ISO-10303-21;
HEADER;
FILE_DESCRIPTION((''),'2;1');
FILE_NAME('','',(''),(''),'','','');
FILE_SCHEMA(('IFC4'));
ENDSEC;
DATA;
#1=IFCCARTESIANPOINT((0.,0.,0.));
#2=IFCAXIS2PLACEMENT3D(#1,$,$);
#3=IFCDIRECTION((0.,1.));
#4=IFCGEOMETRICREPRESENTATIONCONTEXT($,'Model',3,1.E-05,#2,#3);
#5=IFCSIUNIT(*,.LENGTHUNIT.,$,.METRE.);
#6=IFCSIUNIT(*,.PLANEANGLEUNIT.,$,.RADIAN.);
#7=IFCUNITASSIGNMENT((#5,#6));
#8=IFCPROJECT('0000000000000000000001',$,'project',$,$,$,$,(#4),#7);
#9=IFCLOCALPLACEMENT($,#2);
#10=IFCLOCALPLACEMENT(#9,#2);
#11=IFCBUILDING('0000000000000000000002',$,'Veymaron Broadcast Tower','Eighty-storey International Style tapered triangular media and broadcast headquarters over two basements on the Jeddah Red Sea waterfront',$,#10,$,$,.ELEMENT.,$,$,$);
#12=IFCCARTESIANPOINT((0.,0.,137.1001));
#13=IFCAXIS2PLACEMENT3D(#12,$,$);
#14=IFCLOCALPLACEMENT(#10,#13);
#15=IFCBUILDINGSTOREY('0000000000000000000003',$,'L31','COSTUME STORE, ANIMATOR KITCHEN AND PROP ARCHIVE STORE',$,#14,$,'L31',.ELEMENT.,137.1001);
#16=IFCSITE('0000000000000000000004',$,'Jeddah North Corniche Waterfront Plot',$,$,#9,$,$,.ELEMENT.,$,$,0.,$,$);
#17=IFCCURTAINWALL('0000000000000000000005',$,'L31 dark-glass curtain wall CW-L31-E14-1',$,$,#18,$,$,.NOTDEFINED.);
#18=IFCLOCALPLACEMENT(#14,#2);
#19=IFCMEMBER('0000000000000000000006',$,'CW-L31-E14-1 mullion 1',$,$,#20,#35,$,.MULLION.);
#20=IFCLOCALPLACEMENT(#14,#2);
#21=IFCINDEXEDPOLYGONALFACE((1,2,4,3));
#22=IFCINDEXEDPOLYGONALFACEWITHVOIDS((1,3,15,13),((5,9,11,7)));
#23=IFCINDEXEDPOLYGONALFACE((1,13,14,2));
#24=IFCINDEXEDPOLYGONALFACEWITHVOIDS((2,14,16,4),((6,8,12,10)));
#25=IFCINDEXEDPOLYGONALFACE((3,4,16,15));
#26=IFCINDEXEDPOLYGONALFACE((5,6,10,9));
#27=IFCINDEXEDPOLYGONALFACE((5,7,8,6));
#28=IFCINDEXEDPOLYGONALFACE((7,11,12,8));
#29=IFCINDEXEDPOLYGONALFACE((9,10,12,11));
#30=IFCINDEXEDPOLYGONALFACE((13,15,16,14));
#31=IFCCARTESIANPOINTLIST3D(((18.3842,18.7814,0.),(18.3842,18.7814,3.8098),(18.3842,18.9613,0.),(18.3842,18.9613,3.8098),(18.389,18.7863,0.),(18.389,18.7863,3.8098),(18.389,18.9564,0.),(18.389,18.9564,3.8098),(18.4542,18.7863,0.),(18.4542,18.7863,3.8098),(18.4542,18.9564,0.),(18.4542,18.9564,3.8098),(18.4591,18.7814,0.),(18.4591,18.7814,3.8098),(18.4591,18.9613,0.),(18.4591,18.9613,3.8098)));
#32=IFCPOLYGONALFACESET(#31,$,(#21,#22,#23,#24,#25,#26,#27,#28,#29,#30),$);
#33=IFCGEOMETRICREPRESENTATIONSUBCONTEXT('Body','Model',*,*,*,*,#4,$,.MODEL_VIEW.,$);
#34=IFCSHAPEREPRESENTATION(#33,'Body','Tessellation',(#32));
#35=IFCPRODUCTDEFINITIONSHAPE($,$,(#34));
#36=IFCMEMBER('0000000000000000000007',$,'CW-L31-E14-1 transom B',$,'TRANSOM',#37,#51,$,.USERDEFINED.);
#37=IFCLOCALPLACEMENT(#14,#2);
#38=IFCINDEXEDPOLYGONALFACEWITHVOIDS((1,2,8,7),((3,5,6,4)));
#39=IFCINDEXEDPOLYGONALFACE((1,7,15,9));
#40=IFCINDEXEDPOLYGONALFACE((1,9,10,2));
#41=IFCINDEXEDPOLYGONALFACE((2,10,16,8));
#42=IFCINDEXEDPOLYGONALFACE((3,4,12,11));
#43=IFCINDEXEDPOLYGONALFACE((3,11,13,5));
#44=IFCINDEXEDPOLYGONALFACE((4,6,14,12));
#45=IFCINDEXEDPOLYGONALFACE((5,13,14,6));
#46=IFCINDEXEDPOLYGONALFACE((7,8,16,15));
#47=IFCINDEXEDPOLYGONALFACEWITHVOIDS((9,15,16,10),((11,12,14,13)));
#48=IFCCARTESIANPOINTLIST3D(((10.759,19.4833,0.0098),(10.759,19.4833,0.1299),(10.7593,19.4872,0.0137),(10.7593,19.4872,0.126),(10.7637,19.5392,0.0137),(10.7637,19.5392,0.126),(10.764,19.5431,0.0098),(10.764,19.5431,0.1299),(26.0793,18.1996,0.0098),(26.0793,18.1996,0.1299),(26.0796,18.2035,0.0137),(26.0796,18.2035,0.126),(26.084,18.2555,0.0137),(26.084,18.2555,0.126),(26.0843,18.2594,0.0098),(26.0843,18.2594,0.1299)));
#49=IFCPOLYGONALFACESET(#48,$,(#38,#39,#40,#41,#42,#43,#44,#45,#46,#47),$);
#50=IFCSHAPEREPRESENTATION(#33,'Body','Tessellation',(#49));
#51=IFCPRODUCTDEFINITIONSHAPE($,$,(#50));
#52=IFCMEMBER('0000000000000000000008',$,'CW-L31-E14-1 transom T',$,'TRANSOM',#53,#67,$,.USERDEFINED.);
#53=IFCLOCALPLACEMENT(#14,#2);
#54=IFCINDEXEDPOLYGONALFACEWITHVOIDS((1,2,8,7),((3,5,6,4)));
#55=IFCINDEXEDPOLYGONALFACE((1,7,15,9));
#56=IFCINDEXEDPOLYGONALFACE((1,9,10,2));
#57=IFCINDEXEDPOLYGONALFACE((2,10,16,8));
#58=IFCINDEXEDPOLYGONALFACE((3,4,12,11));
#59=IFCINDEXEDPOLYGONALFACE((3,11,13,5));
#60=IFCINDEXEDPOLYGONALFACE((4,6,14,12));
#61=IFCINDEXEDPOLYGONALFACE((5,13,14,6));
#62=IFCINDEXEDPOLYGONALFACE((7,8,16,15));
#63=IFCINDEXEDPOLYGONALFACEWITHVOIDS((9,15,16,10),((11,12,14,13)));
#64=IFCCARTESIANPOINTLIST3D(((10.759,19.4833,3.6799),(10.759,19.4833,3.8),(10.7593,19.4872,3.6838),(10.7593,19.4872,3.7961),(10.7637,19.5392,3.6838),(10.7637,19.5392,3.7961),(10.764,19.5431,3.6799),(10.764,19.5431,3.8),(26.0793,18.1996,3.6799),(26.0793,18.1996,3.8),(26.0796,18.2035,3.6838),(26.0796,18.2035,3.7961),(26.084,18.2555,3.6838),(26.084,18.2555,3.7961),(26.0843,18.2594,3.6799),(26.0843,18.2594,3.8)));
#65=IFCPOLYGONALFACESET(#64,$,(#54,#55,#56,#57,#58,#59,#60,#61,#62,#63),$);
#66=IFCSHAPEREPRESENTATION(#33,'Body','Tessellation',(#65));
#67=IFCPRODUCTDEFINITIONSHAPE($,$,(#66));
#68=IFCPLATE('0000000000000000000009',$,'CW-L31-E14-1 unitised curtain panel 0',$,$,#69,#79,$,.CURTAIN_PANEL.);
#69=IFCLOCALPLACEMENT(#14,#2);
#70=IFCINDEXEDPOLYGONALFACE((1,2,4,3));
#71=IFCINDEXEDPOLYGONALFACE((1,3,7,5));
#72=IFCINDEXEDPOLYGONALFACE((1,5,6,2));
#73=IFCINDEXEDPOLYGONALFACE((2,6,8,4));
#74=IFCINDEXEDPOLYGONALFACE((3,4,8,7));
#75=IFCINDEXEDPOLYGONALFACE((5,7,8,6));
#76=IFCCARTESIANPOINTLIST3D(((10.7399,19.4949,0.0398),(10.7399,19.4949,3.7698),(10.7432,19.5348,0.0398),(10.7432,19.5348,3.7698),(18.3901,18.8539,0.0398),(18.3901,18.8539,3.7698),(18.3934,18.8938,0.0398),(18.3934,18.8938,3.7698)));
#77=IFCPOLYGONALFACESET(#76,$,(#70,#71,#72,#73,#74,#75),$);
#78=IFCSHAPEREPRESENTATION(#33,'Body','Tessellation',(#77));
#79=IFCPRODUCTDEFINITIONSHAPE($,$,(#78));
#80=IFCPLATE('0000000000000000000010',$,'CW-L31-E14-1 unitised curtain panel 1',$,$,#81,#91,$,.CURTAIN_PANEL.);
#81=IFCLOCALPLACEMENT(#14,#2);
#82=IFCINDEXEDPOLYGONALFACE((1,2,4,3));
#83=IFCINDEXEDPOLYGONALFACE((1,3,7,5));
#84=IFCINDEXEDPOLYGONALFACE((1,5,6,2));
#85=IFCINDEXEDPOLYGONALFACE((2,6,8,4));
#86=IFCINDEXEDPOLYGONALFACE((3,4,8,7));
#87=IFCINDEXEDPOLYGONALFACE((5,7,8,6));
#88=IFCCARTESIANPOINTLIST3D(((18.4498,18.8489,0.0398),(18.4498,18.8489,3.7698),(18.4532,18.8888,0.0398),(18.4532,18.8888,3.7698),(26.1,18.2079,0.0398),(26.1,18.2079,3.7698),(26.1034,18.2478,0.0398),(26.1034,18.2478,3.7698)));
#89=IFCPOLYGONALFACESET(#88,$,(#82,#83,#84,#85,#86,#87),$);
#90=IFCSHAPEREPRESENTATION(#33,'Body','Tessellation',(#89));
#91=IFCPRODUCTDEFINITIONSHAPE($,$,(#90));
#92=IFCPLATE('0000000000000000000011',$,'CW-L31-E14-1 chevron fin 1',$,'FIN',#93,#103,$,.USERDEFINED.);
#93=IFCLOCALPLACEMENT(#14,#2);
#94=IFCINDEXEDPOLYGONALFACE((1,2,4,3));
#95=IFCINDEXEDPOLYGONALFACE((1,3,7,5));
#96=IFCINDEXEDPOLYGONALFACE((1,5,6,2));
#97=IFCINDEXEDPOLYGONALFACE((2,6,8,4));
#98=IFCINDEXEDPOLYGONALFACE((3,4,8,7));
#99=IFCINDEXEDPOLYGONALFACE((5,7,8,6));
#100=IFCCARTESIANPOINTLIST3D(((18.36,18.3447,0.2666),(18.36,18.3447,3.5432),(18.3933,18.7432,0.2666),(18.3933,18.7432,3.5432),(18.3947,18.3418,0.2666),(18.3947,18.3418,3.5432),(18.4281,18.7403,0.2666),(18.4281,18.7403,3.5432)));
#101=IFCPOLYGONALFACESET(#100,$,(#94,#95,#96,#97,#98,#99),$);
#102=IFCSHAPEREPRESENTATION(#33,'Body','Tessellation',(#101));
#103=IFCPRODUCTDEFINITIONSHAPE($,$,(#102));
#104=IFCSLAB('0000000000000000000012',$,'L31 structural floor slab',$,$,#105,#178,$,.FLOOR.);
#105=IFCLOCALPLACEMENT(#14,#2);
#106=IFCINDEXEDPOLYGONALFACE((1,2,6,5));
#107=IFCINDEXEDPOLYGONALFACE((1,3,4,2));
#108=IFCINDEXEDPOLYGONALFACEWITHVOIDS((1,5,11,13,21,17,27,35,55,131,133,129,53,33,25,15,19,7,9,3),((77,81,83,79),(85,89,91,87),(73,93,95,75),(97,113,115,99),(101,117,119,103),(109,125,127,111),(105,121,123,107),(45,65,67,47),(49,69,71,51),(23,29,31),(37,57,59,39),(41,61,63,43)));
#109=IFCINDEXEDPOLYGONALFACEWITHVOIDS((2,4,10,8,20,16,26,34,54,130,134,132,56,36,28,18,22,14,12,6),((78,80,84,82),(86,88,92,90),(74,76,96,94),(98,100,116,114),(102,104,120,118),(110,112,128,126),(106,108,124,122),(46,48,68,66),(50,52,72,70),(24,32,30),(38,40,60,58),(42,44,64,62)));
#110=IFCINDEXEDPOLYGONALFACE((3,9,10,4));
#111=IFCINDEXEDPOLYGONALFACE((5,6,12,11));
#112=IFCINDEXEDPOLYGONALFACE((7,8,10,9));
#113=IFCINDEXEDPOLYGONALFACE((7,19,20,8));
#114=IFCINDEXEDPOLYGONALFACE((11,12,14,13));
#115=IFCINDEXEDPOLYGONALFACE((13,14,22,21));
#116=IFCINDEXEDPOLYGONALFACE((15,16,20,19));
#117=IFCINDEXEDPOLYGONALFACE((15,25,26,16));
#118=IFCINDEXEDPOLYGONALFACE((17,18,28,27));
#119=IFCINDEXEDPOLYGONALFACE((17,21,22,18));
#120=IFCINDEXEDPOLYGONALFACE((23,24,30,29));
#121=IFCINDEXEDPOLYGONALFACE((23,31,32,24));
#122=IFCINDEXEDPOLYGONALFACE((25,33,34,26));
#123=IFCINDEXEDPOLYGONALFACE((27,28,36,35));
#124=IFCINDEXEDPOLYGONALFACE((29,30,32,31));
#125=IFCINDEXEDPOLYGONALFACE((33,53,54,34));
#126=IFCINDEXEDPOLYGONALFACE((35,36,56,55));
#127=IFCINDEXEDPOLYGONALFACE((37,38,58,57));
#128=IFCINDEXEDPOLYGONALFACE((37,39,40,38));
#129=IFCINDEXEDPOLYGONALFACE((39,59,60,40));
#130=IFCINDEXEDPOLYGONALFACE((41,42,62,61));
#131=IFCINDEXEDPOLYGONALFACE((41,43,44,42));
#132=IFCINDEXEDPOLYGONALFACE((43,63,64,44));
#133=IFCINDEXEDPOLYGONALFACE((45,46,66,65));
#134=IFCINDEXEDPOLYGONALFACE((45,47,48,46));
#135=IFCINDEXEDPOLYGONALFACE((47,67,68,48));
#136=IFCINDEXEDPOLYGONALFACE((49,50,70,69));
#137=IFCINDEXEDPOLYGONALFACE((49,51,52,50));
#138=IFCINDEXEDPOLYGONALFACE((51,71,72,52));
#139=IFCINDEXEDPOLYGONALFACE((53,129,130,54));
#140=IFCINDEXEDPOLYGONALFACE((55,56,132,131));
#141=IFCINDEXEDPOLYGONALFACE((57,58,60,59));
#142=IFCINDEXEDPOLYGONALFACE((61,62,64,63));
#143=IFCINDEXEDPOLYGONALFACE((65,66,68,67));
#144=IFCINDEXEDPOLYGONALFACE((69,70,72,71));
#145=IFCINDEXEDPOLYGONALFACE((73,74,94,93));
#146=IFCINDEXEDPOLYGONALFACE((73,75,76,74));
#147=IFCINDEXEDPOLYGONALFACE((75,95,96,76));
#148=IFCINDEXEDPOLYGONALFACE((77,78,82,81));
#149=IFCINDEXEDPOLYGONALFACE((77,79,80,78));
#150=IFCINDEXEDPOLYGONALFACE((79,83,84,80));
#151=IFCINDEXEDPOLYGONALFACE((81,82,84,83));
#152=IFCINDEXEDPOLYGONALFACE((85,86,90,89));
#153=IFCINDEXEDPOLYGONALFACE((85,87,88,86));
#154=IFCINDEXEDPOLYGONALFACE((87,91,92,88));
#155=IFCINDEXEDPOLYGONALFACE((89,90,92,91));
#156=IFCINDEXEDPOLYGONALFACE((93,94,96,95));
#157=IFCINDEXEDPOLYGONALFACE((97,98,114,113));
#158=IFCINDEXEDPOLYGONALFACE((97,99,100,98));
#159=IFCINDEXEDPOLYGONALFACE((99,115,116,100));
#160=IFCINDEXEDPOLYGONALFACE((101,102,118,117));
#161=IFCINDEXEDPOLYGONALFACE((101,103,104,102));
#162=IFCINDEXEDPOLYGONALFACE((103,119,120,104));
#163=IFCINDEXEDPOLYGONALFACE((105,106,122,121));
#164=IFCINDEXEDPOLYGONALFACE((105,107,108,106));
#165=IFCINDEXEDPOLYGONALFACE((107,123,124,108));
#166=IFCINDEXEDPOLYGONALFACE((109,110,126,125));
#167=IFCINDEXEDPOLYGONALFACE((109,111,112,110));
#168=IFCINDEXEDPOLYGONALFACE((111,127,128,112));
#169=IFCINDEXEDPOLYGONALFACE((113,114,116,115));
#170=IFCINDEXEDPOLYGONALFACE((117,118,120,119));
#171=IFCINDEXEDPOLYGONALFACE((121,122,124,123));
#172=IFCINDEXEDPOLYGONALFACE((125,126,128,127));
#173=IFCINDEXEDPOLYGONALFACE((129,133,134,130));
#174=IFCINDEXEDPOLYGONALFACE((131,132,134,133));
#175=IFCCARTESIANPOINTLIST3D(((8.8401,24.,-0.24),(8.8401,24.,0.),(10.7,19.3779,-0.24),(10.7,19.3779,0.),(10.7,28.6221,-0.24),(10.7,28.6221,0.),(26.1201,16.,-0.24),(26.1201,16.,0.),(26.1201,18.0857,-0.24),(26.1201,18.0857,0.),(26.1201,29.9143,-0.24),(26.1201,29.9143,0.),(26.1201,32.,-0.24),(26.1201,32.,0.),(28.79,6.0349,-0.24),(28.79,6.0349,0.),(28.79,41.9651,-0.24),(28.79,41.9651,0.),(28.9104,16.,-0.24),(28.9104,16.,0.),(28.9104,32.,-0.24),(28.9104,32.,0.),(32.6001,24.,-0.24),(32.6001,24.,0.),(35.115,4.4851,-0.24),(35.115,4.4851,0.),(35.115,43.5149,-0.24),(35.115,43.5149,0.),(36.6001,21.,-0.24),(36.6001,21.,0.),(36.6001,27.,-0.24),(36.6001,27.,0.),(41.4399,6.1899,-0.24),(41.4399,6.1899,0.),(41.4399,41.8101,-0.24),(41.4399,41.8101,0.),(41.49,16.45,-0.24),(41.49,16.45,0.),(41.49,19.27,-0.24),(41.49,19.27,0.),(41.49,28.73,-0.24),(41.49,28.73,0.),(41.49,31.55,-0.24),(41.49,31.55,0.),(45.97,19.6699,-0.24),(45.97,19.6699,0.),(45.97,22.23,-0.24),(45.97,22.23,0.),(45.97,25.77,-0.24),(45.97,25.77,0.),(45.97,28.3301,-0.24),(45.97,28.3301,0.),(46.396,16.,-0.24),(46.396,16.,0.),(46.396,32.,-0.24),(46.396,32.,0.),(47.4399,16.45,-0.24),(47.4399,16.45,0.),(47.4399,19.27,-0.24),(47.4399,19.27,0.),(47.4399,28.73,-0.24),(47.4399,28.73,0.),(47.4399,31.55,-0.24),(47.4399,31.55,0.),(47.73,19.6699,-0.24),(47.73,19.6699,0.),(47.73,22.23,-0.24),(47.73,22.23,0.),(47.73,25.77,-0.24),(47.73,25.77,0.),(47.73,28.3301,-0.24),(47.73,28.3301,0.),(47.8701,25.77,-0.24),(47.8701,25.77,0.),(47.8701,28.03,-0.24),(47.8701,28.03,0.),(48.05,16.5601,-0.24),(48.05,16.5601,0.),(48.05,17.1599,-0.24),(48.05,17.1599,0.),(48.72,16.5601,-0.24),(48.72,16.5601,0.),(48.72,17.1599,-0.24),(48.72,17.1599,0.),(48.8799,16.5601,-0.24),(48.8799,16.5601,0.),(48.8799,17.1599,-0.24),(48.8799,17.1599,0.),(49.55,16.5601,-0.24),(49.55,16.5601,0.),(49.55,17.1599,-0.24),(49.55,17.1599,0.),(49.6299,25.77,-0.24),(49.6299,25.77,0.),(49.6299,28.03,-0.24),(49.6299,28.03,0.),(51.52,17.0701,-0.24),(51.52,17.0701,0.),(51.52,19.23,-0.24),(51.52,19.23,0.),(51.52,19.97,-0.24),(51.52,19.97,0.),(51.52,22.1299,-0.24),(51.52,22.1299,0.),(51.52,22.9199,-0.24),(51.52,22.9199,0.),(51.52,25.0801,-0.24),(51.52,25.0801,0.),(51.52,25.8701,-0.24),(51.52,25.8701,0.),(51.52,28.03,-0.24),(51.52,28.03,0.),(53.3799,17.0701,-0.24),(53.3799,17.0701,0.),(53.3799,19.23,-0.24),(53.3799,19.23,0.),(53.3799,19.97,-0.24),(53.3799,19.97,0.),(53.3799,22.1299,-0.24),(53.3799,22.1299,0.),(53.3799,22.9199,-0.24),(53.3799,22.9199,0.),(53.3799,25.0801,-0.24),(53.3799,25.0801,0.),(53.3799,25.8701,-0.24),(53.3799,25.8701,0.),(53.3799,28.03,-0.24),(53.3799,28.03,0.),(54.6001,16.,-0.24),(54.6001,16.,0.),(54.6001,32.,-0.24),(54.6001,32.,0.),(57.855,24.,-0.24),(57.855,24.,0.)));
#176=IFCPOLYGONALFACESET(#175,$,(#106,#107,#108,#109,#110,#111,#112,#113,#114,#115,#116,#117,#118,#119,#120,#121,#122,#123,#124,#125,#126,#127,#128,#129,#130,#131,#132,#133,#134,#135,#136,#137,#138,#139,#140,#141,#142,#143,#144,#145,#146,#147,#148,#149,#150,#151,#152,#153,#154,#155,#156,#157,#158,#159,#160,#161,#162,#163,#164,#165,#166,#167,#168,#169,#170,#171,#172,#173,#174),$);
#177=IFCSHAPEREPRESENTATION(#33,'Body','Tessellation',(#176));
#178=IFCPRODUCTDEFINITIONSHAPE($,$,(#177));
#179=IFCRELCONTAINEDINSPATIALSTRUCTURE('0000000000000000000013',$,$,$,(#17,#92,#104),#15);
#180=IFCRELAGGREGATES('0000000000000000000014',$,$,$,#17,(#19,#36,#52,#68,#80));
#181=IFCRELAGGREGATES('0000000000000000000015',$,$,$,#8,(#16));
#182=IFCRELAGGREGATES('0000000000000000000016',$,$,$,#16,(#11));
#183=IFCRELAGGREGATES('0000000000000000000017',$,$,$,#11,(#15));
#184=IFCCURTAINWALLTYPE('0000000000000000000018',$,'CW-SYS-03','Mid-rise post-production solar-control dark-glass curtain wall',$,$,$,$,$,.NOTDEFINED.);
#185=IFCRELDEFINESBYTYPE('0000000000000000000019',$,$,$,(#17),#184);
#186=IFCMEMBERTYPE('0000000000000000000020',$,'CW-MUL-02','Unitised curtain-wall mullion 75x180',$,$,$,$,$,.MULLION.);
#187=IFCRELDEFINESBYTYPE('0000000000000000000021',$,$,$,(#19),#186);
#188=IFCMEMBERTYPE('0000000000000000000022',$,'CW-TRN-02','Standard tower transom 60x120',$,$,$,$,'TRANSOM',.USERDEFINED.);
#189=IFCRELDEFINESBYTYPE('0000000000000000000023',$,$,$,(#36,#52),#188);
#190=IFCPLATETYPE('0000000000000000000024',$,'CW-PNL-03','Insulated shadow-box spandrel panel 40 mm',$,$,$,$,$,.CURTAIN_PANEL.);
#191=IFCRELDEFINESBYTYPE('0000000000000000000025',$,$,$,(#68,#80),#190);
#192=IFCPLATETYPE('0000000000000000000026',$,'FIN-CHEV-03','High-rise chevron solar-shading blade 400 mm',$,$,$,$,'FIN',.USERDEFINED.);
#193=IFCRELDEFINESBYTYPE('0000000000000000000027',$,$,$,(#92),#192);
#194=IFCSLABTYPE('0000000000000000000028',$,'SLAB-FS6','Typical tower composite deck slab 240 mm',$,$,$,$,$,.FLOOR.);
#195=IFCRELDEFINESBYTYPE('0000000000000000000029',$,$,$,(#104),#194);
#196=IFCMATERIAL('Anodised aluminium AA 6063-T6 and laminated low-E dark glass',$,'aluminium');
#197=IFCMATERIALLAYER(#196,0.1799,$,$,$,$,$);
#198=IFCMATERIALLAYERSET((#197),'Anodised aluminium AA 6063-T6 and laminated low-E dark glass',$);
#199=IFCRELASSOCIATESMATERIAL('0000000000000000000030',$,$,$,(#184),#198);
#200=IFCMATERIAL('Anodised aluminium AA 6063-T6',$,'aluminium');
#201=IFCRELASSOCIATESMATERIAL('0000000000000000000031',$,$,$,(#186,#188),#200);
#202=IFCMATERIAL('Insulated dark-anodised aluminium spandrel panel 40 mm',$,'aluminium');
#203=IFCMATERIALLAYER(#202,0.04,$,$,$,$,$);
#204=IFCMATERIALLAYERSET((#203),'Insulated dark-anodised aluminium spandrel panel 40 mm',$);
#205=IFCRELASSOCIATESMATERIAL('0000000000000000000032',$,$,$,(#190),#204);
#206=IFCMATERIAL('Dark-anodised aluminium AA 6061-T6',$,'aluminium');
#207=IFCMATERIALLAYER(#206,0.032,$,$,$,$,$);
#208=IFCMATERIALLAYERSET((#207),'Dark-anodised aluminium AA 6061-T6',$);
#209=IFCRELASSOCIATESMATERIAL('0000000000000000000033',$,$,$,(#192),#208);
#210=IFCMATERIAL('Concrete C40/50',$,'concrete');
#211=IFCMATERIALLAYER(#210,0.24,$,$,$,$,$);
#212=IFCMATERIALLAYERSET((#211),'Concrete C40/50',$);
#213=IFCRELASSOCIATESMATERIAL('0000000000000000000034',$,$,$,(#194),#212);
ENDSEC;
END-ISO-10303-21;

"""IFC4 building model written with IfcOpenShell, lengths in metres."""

from ifc_helpers import new_model, si_unit, direction, frame, origin, origin_2d, place, context, subcontext, project, spatial, polyline, rectangle, hollow_rectangle, outline, extrude, material, layer, layer_set, material_profile, profile_set, type_object, element, aggregate, save


model = new_model("IFC4")

# Units and contexts
model_context = context("Model", 3, precision=1e-05, world=origin(), true_north=direction((0.0, 1.0)))
body_context = subcontext(model_context, "Body", "Model", "MODEL_VIEW")
ifc_project = project(units=[si_unit("LENGTHUNIT", "METRE"), si_unit("PLANEANGLEUNIT", "RADIAN")], contexts=[model_context])

# Site, building, storey
site_placement = place(None, origin())
site = spatial("IfcSite", under=ifc_project, at=site_placement, Name="Jeddah North Corniche Waterfront Plot", CompositionType="ELEMENT", RefElevation=0.0)
building_placement = place(site_placement, origin())
building = spatial("IfcBuilding", under=site, at=building_placement, Name="Veymaron Broadcast Tower", Description="Eighty-storey International Style tapered triangular media and broadcast headquarters over two basements on the Jeddah Red Sea waterfront", CompositionType="ELEMENT")
storey_placement = place(building_placement, frame((0.0, 0.0, 137.1001)))
storey = spatial("IfcBuildingStorey", under=building, at=storey_placement, Name="L31", Description="COSTUME STORE, ANIMATOR KITCHEN AND PROP ARCHIVE STORE", LongName="L31", CompositionType="ELEMENT", Elevation=137.1001)

# Curtain wall, members, plates
ifc_material_1 = material(Name="Anodised aluminium AA 6063-T6 and laminated low-E dark glass", Category="aluminium")
ifc_layer_1 = layer(ifc_material_1, 0.1799)
ifc_layer_set_1 = layer_set([ifc_layer_1], Name="Anodised aluminium AA 6063-T6 and laminated low-E dark glass")
curtain_wall_type = type_object("IfcCurtainWallType", Name="CW-SYS-03", Description="Mid-rise post-production solar-control dark-glass curtain wall", PredefinedType="NOTDEFINED", material=ifc_layer_set_1)
curtain_wall_placement = place(storey_placement, origin())
curtain_wall = element("IfcCurtainWall", 1, at=curtain_wall_placement, inside=storey, type_object=curtain_wall_type, Name="L31 dark-glass curtain wall CW-L31-E14-1", PredefinedType="NOTDEFINED")
ifc_material_2 = material(Name="Anodised aluminium AA 6063-T6", Category="aluminium")
ifc_material_profile_1 = material_profile(ifc_material_2, hollow_rectangle(XDim=0.075, YDim=0.1799, WallThickness=0.0049, at=origin_2d()), Name="AL180X75X5")
ifc_profile_set_1 = profile_set([ifc_material_profile_1], Name="Anodised aluminium AA 6063-T6")
member_type_1 = type_object("IfcMemberType", Name="CW-MUL-02", Description="Unitised curtain-wall mullion 75x180", PredefinedType="MULLION", material=ifc_profile_set_1)
member_1_placement = place(storey_placement, frame((18.4216, 18.8713, 0.0), z_axis=(0.0, 0.0, 1.0), x_axis=(1.0, 0.0, 0.0)))
member_1 = element("IfcMember", 2, at=member_1_placement, type_object=member_type_1, Name="CW-L31-E14-1 mullion 1", PredefinedType="MULLION", context=body_context, shape_type="SweptSolid", body=[
    extrude(hollow_rectangle(XDim=0.075, YDim=0.1799, WallThickness=0.0049, at=origin_2d()), origin(), (0.0, 0.0, 1.0), 3.8098),
])
ifc_material_profile_2 = material_profile(ifc_material_2, hollow_rectangle(XDim=0.0601, YDim=0.1201, WallThickness=0.0039, at=origin_2d()), Name="AL120X60X4")
ifc_profile_set_2 = profile_set([ifc_material_profile_2], Name="Anodised aluminium AA 6063-T6")
member_type_2 = type_object("IfcMemberType", Name="CW-TRN-02", Description="Standard tower transom 60x120", ElementType="TRANSOM", PredefinedType="USERDEFINED", material=ifc_profile_set_2)
member_2_placement = place(storey_placement, frame((10.7615, 19.5132, 0.0698), z_axis=(0.996508, -0.083498, 0.0), x_axis=(0.083498, 0.996508, 0.0)))
member_2 = element("IfcMember", 3, at=member_2_placement, type_object=member_type_2, Name="CW-L31-E14-1 transom B", ObjectType="TRANSOM", PredefinedType="USERDEFINED", context=body_context, shape_type="SweptSolid", body=[
    extrude(hollow_rectangle(XDim=0.0601, YDim=0.1201, WallThickness=0.0039, at=origin_2d()), origin(), (0.0, 0.0, 1.0), 15.374),
])
member_3_placement = place(storey_placement, frame((10.7615, 19.5132, 3.74), z_axis=(0.996508, -0.083498, 0.0), x_axis=(0.083498, 0.996508, 0.0)))
member_3 = element("IfcMember", 4, at=member_3_placement, type_object=member_type_2, Name="CW-L31-E14-1 transom T", ObjectType="TRANSOM", PredefinedType="USERDEFINED", context=body_context, shape_type="SweptSolid", body=[
    extrude(hollow_rectangle(XDim=0.0601, YDim=0.1201, WallThickness=0.0039, at=origin_2d()), origin(), (0.0, 0.0, 1.0), 15.374),
])
ifc_material_3 = material(Name="Insulated dark-anodised aluminium spandrel panel 40 mm", Category="aluminium")
ifc_layer_2 = layer(ifc_material_3, 0.04)
ifc_layer_set_2 = layer_set([ifc_layer_2], Name="Insulated dark-anodised aluminium spandrel panel 40 mm")
plate_type_1 = type_object("IfcPlateType", Name="CW-PNL-03", Description="Insulated shadow-box spandrel panel 40 mm", PredefinedType="CURTAIN_PANEL", material=ifc_layer_set_2)
plate_1_placement = place(storey_placement, frame((14.5667, 19.1943, 0.0398), z_axis=(0.0, 0.0, 1.0), x_axis=(0.996507, -0.083504, 0.0)))
plate_1 = element("IfcPlate", 5, at=plate_1_placement, type_object=plate_type_1, Name="CW-L31-E14-1 unitised curtain panel 0", PredefinedType="CURTAIN_PANEL", context=body_context, shape_type="SweptSolid", body=[
    extrude(rectangle(XDim=7.677, YDim=0.04, at=origin_2d()), origin(), (0.0, 0.0, 1.0), 3.73),
])
plate_2_placement = place(storey_placement, frame((22.2766, 18.5483, 0.0398), z_axis=(0.0, 0.0, 1.0), x_axis=(0.996507, -0.083504, 0.0)))
plate_2 = element("IfcPlate", 6, at=plate_2_placement, type_object=plate_type_1, Name="CW-L31-E14-1 unitised curtain panel 1", PredefinedType="CURTAIN_PANEL", context=body_context, shape_type="SweptSolid", body=[
    extrude(rectangle(XDim=7.677, YDim=0.04, at=origin_2d()), origin(), (0.0, 0.0, 1.0), 3.73),
])
aggregate(curtain_wall, [member_1, member_2, member_3, plate_1, plate_2])

# Plate
ifc_material_4 = material(Name="Dark-anodised aluminium AA 6061-T6", Category="aluminium")
ifc_layer_3 = layer(ifc_material_4, 0.032)
ifc_layer_set_3 = layer_set([ifc_layer_3], Name="Dark-anodised aluminium AA 6061-T6")
plate_type_2 = type_object("IfcPlateType", Name="FIN-CHEV-03", Description="High-rise chevron solar-shading blade 400 mm", ElementType="FIN", PredefinedType="USERDEFINED", material=ifc_layer_set_3)
plate_3_placement = place(storey_placement, frame((18.394, 18.5425, 0.2666), z_axis=(0.0, 0.0, 1.0), x_axis=(-0.083504, -0.996507, 0.0)))
element("IfcPlate", 7, at=plate_3_placement, inside=storey, type_object=plate_type_2, Name="CW-L31-E14-1 chevron fin 1", ObjectType="FIN", PredefinedType="USERDEFINED", context=body_context, shape_type="SweptSolid", body=[
    extrude(rectangle(XDim=0.3999, YDim=0.0349, at=origin_2d()), origin(), (0.0, 0.0, 1.0), 3.2766),
])

# Slab
ifc_material_5 = material(Name="Concrete C40/50", Category="concrete")
ifc_layer_4 = layer(ifc_material_5, 0.24)
ifc_layer_set_4 = layer_set([ifc_layer_4], Name="Concrete C40/50")
slab_type_1 = type_object("IfcSlabType", Name="SLAB-FS6", Description="Typical tower composite deck slab 240 mm", PredefinedType="FLOOR", material=ifc_layer_set_4)
slab_1_placement = place(storey_placement, frame((0.0, 0.0, -0.24)))
element("IfcSlab", 8, at=slab_1_placement, inside=storey, type_object=slab_type_1, Name="L31 structural floor slab", PredefinedType="FLOOR", context=body_context, shape_type="SweptSolid", body=[
    extrude(outline(polyline([(46.396, 16.0), (54.6001, 16.0), (57.855, 24.0), (54.6001, 32.0), (46.396, 32.0), (41.4399, 41.8101), (35.115, 43.5149), (28.79, 41.9651), (28.9104, 32.0), (26.1201, 32.0), (26.1201, 29.9143), (10.7, 28.6221), (8.8401, 24.0), (10.7, 19.3779), (26.1201, 18.0857), (26.1201, 16.0), (28.9104, 16.0), (28.79, 6.0349), (35.115, 4.4851), (41.4399, 6.1899), (46.396, 16.0)]), holes=[polyline([(45.97, 28.3301), (47.73, 28.3301), (47.73, 25.77), (45.97, 25.77), (45.97, 28.3301)]), polyline([(45.97, 22.23), (47.73, 22.23), (47.73, 19.6699), (45.97, 19.6699), (45.97, 22.23)]), polyline([(47.8701, 28.03), (49.6299, 28.03), (49.6299, 25.77), (47.8701, 25.77), (47.8701, 28.03)]), polyline([(51.52, 28.03), (53.3799, 28.03), (53.3799, 25.8701), (51.52, 25.8701), (51.52, 28.03)]), polyline([(51.52, 22.1299), (53.3799, 22.1299), (53.3799, 19.97), (51.52, 19.97), (51.52, 22.1299)]), polyline([(51.52, 25.0801), (53.3799, 25.0801), (53.3799, 22.9199), (51.52, 22.9199), (51.52, 25.0801)]), polyline([(51.52, 19.23), (53.3799, 19.23), (53.3799, 17.0701), (51.52, 17.0701), (51.52, 19.23)]), polyline([(48.05, 17.1599), (48.72, 17.1599), (48.72, 16.5601), (48.05, 16.5601), (48.05, 17.1599)]), polyline([(48.8799, 17.1599), (49.55, 17.1599), (49.55, 16.5601), (48.8799, 16.5601), (48.8799, 17.1599)]), polyline([(36.6001, 27.0), (36.6001, 21.0), (32.6001, 24.0), (36.6001, 27.0)]), polyline([(41.49, 31.55), (47.4399, 31.55), (47.4399, 28.73), (41.49, 28.73), (41.49, 31.55)]), polyline([(41.49, 19.27), (47.4399, 19.27), (47.4399, 16.45), (41.49, 16.45), (41.49, 19.27)])]), origin(), (0.0, 0.0, 1.0), 0.24),
])

save(model, "model.ifc")
